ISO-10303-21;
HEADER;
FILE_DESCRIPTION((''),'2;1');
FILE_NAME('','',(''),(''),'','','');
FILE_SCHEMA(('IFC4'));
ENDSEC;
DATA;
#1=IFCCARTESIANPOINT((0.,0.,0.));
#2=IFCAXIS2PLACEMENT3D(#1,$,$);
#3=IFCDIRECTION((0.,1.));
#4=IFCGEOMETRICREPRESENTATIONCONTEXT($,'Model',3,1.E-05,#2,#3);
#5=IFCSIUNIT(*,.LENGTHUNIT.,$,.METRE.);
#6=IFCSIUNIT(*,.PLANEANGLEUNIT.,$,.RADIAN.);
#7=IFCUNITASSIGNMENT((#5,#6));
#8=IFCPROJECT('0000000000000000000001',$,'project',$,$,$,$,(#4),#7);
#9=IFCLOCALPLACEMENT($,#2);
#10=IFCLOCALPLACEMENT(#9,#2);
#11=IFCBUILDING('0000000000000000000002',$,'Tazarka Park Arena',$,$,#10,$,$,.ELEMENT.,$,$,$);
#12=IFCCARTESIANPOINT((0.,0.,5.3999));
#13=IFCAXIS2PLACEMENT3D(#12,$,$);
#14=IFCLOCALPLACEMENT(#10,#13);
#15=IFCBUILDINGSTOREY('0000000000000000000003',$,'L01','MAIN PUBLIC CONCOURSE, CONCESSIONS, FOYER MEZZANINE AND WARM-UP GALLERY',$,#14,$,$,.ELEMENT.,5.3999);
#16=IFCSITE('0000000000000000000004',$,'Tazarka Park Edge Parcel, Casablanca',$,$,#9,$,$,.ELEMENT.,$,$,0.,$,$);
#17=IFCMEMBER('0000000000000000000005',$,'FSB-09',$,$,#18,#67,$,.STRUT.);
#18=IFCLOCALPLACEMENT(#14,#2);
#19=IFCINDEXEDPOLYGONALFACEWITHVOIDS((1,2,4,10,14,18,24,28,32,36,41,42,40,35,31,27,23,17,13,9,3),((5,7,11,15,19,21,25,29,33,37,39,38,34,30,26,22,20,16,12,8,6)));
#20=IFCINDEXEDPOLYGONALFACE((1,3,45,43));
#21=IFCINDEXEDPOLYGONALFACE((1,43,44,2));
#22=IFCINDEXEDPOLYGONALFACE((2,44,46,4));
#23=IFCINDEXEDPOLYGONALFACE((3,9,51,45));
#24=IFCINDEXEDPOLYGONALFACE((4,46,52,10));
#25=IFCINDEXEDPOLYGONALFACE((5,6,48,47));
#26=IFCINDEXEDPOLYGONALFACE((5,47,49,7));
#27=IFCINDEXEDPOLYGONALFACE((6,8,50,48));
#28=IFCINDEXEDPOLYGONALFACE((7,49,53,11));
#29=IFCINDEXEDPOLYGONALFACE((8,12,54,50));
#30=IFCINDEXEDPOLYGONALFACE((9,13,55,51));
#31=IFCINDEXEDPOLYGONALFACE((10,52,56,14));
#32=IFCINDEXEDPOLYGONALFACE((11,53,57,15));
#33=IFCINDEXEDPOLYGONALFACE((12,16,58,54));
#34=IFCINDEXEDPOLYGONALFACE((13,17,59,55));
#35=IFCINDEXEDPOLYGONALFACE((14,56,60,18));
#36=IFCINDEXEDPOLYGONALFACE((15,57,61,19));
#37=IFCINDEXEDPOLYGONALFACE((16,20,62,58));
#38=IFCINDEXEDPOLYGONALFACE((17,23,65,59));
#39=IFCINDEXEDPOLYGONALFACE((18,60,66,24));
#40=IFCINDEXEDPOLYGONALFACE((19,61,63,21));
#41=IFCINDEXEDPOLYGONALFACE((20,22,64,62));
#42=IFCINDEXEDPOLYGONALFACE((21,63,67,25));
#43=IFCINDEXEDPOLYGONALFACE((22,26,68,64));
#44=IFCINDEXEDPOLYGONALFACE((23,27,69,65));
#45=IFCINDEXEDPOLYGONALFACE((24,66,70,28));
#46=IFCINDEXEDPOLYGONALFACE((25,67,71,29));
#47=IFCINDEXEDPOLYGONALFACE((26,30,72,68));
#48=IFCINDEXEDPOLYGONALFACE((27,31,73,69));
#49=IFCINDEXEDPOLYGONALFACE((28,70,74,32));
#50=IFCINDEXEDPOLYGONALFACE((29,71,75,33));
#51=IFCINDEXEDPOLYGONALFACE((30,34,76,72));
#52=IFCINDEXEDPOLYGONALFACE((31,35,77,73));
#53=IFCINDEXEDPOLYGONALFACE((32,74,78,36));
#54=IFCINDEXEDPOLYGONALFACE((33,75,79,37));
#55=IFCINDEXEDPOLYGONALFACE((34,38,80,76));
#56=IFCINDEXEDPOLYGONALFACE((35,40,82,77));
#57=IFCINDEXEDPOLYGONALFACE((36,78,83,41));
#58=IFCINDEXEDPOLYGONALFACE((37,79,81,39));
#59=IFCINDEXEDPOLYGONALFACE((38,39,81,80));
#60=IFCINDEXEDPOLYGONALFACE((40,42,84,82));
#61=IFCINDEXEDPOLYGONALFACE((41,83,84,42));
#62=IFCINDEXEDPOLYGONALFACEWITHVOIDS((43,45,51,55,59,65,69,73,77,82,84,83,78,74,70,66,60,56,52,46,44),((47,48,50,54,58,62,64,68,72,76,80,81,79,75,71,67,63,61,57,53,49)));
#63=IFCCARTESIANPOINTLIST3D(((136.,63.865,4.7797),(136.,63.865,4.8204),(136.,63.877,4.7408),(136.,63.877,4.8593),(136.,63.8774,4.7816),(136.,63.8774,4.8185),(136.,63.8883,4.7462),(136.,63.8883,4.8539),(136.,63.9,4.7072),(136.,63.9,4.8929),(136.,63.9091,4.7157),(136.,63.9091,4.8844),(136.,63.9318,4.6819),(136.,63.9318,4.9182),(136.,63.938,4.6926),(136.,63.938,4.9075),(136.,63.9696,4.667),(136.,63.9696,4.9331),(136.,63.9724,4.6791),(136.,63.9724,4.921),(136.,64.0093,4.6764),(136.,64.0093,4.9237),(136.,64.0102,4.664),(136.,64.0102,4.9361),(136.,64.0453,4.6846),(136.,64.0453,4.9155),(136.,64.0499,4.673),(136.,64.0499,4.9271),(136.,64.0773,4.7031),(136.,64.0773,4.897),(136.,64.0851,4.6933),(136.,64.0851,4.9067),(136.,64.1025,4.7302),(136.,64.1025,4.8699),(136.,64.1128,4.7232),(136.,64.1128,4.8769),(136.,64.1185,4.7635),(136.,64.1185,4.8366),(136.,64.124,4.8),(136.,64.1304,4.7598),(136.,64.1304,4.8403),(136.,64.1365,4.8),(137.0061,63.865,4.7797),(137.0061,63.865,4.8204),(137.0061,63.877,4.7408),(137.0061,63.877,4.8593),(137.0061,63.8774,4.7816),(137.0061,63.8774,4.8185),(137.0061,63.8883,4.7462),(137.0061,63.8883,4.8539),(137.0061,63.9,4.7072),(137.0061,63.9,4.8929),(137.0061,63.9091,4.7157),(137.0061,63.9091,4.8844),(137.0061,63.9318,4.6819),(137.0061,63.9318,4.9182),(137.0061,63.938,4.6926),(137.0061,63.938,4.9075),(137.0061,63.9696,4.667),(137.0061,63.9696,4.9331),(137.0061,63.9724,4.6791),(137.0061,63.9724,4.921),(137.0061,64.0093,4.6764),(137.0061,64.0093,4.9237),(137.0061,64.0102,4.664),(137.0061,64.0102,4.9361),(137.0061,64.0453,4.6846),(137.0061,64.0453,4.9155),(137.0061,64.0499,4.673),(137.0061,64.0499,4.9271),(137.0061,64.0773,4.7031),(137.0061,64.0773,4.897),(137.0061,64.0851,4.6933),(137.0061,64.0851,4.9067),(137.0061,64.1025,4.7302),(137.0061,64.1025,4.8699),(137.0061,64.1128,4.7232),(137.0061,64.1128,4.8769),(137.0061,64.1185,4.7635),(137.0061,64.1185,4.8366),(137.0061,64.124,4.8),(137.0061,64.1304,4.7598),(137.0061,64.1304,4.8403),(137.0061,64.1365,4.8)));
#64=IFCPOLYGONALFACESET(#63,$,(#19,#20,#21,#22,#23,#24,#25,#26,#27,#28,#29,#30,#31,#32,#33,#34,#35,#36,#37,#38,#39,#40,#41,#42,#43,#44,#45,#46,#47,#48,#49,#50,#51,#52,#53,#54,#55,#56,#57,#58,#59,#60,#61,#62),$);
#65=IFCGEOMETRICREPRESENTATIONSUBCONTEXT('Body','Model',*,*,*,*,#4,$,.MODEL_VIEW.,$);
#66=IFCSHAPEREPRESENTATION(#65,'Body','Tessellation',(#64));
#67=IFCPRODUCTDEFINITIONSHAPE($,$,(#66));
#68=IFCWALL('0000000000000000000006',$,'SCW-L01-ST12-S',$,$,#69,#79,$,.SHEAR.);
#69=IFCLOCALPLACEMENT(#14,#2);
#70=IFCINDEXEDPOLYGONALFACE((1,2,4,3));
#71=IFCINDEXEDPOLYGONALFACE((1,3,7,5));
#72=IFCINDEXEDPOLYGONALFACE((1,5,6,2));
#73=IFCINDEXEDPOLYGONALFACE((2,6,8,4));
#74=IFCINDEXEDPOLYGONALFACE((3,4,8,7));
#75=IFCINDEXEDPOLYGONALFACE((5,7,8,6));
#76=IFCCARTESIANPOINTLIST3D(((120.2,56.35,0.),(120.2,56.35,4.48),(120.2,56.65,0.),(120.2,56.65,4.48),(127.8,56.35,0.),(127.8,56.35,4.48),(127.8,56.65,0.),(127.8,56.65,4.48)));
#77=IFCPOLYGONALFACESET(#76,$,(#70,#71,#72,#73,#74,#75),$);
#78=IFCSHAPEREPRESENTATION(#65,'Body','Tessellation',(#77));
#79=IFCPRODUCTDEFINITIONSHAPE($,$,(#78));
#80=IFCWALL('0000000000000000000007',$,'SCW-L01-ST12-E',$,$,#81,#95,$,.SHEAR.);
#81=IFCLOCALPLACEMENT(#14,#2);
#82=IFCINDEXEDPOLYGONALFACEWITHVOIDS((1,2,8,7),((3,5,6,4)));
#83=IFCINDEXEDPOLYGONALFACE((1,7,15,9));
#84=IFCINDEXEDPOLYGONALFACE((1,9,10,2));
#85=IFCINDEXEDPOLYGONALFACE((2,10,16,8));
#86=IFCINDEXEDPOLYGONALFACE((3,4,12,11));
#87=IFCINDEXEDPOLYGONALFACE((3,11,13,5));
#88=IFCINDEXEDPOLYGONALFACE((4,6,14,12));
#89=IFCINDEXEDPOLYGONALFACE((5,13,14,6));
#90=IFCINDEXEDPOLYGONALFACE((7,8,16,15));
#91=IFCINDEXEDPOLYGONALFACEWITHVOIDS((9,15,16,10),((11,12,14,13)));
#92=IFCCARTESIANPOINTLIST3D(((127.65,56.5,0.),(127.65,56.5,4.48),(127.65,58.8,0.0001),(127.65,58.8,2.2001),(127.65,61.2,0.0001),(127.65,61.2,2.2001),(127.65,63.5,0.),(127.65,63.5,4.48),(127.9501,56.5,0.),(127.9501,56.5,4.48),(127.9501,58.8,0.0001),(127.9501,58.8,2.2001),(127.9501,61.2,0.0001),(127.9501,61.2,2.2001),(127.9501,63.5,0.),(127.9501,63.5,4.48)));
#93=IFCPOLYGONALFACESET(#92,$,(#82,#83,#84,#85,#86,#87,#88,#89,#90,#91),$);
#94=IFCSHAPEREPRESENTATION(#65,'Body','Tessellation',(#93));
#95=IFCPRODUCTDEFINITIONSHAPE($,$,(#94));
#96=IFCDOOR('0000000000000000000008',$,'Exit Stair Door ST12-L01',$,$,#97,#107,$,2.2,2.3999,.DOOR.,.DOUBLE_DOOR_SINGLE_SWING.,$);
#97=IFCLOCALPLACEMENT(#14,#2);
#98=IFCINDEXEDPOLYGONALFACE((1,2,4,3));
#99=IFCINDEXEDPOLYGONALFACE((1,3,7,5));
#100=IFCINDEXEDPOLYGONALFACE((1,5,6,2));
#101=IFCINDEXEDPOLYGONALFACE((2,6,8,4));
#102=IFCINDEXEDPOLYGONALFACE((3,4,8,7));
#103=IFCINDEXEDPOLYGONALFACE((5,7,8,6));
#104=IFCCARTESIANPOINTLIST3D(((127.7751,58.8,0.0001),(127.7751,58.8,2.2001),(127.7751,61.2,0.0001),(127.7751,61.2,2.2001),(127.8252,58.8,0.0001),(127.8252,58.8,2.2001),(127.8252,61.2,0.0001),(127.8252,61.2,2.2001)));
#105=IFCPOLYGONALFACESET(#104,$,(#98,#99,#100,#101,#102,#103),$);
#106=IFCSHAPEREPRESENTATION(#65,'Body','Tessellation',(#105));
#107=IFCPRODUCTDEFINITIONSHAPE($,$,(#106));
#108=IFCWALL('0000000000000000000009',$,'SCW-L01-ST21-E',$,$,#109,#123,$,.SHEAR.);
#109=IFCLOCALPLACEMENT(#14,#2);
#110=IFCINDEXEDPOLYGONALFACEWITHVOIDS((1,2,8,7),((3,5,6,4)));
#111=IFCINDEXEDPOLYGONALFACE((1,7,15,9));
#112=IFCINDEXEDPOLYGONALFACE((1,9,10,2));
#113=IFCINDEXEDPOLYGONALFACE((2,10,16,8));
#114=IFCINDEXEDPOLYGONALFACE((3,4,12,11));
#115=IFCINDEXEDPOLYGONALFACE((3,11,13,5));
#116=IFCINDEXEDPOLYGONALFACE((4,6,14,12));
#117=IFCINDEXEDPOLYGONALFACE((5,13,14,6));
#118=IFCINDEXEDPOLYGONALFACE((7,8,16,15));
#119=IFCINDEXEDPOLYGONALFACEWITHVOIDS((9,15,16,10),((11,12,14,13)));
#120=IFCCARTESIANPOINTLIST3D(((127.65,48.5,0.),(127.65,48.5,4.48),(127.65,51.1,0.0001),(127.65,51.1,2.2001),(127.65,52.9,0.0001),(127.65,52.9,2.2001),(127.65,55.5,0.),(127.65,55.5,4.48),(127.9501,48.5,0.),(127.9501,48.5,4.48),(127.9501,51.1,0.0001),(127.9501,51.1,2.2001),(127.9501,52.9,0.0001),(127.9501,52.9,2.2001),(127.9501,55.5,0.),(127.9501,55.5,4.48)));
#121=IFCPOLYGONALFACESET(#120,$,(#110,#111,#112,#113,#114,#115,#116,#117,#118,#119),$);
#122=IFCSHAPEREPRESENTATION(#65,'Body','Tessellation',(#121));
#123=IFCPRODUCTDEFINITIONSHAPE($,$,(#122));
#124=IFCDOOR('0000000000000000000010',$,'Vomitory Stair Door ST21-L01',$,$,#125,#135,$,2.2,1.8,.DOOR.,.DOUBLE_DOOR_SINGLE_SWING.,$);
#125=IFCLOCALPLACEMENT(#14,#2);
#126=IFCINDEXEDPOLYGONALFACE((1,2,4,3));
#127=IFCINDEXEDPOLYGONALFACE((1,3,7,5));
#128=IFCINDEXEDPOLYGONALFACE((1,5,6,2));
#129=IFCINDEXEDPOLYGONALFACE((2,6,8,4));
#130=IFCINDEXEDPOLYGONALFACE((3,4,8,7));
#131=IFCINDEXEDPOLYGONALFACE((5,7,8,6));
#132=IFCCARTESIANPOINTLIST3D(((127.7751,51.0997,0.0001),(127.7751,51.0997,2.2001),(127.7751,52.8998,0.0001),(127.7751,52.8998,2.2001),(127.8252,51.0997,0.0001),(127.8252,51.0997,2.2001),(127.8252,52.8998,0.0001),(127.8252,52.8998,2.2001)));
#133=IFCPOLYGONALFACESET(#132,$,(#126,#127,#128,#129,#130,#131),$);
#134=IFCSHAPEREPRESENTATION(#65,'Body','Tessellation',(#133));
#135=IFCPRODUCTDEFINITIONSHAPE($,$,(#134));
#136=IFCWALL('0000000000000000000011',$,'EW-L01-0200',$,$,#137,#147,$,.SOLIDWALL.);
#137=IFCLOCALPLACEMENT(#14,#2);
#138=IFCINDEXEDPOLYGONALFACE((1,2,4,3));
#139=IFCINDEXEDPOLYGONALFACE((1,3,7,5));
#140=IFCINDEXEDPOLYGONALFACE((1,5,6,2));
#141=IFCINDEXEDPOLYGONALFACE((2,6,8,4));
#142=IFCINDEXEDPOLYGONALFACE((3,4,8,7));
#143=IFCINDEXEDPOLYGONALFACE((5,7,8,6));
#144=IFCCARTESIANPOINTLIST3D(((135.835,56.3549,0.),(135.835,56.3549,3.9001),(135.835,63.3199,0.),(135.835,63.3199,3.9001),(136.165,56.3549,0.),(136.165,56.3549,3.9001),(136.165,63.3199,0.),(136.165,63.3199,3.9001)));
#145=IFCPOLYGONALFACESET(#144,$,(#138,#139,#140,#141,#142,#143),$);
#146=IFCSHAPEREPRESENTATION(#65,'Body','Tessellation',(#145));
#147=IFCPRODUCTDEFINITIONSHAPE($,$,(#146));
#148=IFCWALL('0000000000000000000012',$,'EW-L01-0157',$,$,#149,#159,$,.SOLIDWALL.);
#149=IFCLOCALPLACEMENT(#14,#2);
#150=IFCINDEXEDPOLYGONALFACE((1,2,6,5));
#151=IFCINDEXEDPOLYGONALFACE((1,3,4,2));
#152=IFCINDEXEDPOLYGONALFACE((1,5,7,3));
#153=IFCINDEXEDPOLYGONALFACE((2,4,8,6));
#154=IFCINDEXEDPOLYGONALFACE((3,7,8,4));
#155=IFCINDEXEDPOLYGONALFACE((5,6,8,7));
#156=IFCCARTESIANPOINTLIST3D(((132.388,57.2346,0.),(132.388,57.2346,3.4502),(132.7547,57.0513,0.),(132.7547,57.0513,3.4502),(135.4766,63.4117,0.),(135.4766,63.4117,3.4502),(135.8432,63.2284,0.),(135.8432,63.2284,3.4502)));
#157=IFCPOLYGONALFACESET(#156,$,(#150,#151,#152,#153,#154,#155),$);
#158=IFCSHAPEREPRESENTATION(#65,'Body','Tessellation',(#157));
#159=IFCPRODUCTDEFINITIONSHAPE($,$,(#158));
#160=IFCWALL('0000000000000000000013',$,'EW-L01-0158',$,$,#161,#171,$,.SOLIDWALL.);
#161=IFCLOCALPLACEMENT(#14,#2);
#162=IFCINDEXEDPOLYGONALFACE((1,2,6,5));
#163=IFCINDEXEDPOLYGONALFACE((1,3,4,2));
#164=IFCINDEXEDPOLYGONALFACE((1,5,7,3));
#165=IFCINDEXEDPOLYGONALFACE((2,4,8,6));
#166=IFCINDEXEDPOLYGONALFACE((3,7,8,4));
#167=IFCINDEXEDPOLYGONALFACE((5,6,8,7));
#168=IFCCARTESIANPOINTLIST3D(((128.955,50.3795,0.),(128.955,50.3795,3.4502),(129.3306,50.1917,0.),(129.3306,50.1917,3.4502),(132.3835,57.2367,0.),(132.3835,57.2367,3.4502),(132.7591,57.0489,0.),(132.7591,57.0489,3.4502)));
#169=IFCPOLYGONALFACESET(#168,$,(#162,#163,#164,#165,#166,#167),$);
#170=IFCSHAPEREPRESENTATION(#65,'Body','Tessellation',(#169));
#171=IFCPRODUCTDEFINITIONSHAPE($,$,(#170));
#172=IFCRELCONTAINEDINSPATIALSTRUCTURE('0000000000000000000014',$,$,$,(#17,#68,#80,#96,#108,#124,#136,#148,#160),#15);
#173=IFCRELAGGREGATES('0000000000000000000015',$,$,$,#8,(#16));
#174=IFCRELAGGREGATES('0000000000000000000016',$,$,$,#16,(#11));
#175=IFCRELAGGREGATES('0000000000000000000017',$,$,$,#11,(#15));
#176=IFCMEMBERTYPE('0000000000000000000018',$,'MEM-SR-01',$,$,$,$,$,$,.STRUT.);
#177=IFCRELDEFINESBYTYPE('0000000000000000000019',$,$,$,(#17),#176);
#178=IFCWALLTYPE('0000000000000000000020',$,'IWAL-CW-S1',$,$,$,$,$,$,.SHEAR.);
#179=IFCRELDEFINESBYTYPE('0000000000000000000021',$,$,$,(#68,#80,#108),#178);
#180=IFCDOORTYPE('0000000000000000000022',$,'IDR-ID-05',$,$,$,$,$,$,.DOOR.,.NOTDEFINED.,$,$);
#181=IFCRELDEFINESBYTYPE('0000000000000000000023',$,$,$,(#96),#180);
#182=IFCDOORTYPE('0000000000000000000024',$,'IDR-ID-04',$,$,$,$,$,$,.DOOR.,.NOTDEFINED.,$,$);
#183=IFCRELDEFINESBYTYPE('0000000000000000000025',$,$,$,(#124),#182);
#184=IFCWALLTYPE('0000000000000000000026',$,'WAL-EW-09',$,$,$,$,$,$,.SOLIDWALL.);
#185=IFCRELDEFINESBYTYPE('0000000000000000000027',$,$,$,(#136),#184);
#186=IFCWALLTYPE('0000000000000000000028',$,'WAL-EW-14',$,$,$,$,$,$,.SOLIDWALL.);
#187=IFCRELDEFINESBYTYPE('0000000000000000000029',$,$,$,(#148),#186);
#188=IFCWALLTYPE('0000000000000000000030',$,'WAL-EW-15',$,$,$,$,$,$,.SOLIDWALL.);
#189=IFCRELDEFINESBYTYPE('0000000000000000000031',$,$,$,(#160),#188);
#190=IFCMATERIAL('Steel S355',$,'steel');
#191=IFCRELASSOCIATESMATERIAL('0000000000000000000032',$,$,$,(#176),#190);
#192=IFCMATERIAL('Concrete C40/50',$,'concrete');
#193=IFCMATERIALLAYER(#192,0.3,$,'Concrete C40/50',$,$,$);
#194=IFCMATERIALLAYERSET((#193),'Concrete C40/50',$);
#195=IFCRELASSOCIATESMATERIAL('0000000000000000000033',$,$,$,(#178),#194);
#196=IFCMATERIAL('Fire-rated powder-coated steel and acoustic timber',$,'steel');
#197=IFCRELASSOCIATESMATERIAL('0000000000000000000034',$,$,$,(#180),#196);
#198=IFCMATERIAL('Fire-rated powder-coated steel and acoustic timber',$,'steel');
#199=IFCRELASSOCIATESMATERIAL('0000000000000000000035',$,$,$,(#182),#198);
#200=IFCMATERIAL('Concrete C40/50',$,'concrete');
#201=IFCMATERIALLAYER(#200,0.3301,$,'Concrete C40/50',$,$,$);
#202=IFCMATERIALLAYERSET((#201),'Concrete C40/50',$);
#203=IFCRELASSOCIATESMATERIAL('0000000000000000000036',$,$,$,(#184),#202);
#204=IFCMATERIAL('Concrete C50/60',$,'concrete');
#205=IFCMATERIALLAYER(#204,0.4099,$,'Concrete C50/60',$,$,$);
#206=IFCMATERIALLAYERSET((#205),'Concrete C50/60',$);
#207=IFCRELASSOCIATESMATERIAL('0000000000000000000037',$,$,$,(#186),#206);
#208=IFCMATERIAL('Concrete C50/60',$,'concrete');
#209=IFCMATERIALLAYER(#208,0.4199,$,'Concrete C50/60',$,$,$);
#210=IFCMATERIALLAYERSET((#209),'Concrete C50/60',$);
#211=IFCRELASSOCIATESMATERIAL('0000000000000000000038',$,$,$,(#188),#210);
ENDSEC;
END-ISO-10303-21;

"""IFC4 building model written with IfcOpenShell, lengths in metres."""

from ifc_helpers import new_model, si_unit, direction, frame, frame_2d, origin, origin_2d, place, context, subcontext, project, spatial, rectangle, hollow_circle, extrude, material, layer, layer_set, material_profile, profile_set, type_object, element, fill, save


model = new_model("IFC4")

# Units and contexts
model_context = context("Model", 3, precision=1e-05, world=origin(), true_north=direction((0.0, 1.0)))
body_context = subcontext(model_context, "Body", "Model", "MODEL_VIEW")
ifc_project = project(units=[si_unit("LENGTHUNIT", "METRE"), si_unit("PLANEANGLEUNIT", "RADIAN")], contexts=[model_context])

# Site, building, storey
site_placement = place(None, origin())
site = spatial("IfcSite", under=ifc_project, at=site_placement, Name="Tazarka Park Edge Parcel, Casablanca", CompositionType="ELEMENT", RefElevation=0.0)
building_placement = place(site_placement, origin())
building = spatial("IfcBuilding", under=site, at=building_placement, Name="Tazarka Park Arena", CompositionType="ELEMENT")
storey_placement = place(building_placement, frame((0.0, 0.0, 5.3999)))
storey = spatial("IfcBuildingStorey", under=building, at=storey_placement, Name="L01", Description="MAIN PUBLIC CONCOURSE, CONCESSIONS, FOYER MEZZANINE AND WARM-UP GALLERY", CompositionType="ELEMENT", Elevation=5.3999)

# Member
ifc_material_1 = material(Name="Steel S355", Category="steel")
ifc_material_profile_1 = material_profile(ifc_material_1, hollow_circle(Radius=0.1365, WallThickness=0.0125, at=origin_2d()), Name="Steel S355")
ifc_profile_set_1 = profile_set([ifc_material_profile_1], Name="Steel S355")
member_type = type_object("IfcMemberType", Name="MEM-SR-01", PredefinedType="STRUT", material=ifc_profile_set_1)
member_placement = place(storey_placement, frame((136.0, 64.0, 4.8), z_axis=(1.0, 0.0, 0.0), x_axis=(0.0, 1.0, 0.0)))
element("IfcMember", 1, at=member_placement, inside=storey, type_object=member_type, Name="FSB-09", PredefinedType="STRUT", context=body_context, shape_type="SweptSolid", body=[
    extrude(hollow_circle(Radius=0.1365, WallThickness=0.0125, at=origin_2d()), origin(), (0.0, 0.0, 1.0), 1.0061),
])

# Wall
ifc_material_2 = material(Name="Concrete C40/50", Category="concrete")
ifc_layer_1 = layer(ifc_material_2, 0.3, Name="Concrete C40/50")
ifc_layer_set_1 = layer_set([ifc_layer_1], Name="Concrete C40/50")
wall_type_1 = type_object("IfcWallType", Name="IWAL-CW-S1", PredefinedType="SHEAR", material=ifc_layer_set_1)
wall_1_placement = place(storey_placement, frame((127.8, 56.5, 0.0), z_axis=(0.0, 0.0, 1.0), x_axis=(-1.0, 0.0, 0.0)))
element("IfcWall", 2, at=wall_1_placement, inside=storey, type_object=wall_type_1, Name="SCW-L01-ST12-S", PredefinedType="SHEAR", context=body_context, shape_type="SweptSolid", body=[
    extrude(rectangle(XDim=7.6001, YDim=0.3, at=frame_2d((3.8, 0.0))), origin(), (0.0, 0.0, 1.0), 4.48),
])

# Walls, openings, doors
wall_2_placement = place(storey_placement, frame((127.8, 63.5, 0.0), z_axis=(0.0, 0.0, 1.0), x_axis=(0.0, -1.0, 0.0)))
wall_2 = element("IfcWall", 3, at=wall_2_placement, inside=storey, type_object=wall_type_1, Name="SCW-L01-ST12-E", PredefinedType="SHEAR", context=body_context, shape_type="SweptSolid", body=[
    extrude(rectangle(XDim=7.0, YDim=0.3, at=frame_2d((3.5, 0.0))), origin(), (0.0, 0.0, 1.0), 4.48),
])
opening_1_placement = place(wall_2_placement, frame((2.3, 0.0, 0.0)))
opening_1 = element("IfcOpeningElement", 4, at=opening_1_placement, cuts=wall_2, PredefinedType="OPENING", context=body_context, shape_type="SweptSolid", body=[
    extrude(rectangle(XDim=2.3999, YDim=2.2, at=frame_2d((1.2, 1.1001))), frame((0.0, 0.1602, 0.0), z_axis=(0.0, -1.0, 0.0), x_axis=(1.0, 0.0, 0.0)), (0.0, 0.0, 1.0), 0.3201),
])
ifc_material_3 = material(Name="Fire-rated powder-coated steel and acoustic timber", Category="steel")
door_type_1 = type_object("IfcDoorType", Name="IDR-ID-05", OperationType="NOTDEFINED", PredefinedType="DOOR", material=ifc_material_3)
door_1_placement = place(opening_1_placement, frame((2.3999, 0.0, 0.0), z_axis=(0.0, 0.0, 1.0), x_axis=(-1.0, 0.0, 0.0)))
door_1 = element("IfcDoor", 5, at=door_1_placement, inside=storey, type_object=door_type_1, Name="Exit Stair Door ST12-L01", OperationType="DOUBLE_DOOR_SINGLE_SWING", OverallHeight=2.2, OverallWidth=2.3999, PredefinedType="DOOR", context=body_context, shape_type="SweptSolid", body=[
    extrude(rectangle(XDim=2.3999, YDim=2.2, at=frame_2d((1.2, 1.1001))), frame((0.0, 0.0249, 0.0), z_axis=(0.0, -1.0, 0.0), x_axis=(1.0, 0.0, 0.0)), (0.0, 0.0, 1.0), 0.05),
])
fill(opening_1, door_1)
wall_3_placement = place(storey_placement, frame((127.8, 55.5, 0.0), z_axis=(0.0, 0.0, 1.0), x_axis=(0.0, -1.0, 0.0)))
wall_3 = element("IfcWall", 6, at=wall_3_placement, inside=storey, type_object=wall_type_1, Name="SCW-L01-ST21-E", PredefinedType="SHEAR", context=body_context, shape_type="SweptSolid", body=[
    extrude(rectangle(XDim=7.0, YDim=0.3, at=frame_2d((3.5, 0.0))), origin(), (0.0, 0.0, 1.0), 4.48),
])
opening_2_placement = place(wall_3_placement, frame((2.6001, 0.0, 0.0)))
opening_2 = element("IfcOpeningElement", 7, at=opening_2_placement, cuts=wall_3, PredefinedType="OPENING", context=body_context, shape_type="SweptSolid", body=[
    extrude(rectangle(XDim=1.8, YDim=2.2, at=frame_2d((0.8999, 1.1001))), frame((0.0, 0.1602, 0.0), z_axis=(0.0, -1.0, 0.0), x_axis=(1.0, 0.0, 0.0)), (0.0, 0.0, 1.0), 0.3201),
])
ifc_material_4 = material(Name="Fire-rated powder-coated steel and acoustic timber", Category="steel")
door_type_2 = type_object("IfcDoorType", Name="IDR-ID-04", OperationType="NOTDEFINED", PredefinedType="DOOR", material=ifc_material_4)
door_2_placement = place(opening_2_placement, frame((1.8, 0.0, 0.0), z_axis=(0.0, 0.0, 1.0), x_axis=(-1.0, 0.0, 0.0)))
door_2 = element("IfcDoor", 8, at=door_2_placement, inside=storey, type_object=door_type_2, Name="Vomitory Stair Door ST21-L01", OperationType="DOUBLE_DOOR_SINGLE_SWING", OverallHeight=2.2, OverallWidth=1.8, PredefinedType="DOOR", context=body_context, shape_type="SweptSolid", body=[
    extrude(rectangle(XDim=1.8, YDim=2.2, at=frame_2d((0.8999, 1.1001))), frame((0.0, 0.0249, 0.0), z_axis=(0.0, -1.0, 0.0), x_axis=(1.0, 0.0, 0.0)), (0.0, 0.0, 1.0), 0.05),
])
fill(opening_2, door_2)

# Walls
ifc_material_5 = material(Name="Concrete C40/50", Category="concrete")
ifc_layer_2 = layer(ifc_material_5, 0.3301, Name="Concrete C40/50")
ifc_layer_set_2 = layer_set([ifc_layer_2], Name="Concrete C40/50")
wall_type_2 = type_object("IfcWallType", Name="WAL-EW-09", PredefinedType="SOLIDWALL", material=ifc_layer_set_2)
wall_4_placement = place(storey_placement, frame((136.0, 56.355, 0.0), z_axis=(0.0, 0.0, 1.0), x_axis=(0.0, 1.0, 0.0)))
element("IfcWall", 9, at=wall_4_placement, inside=storey, type_object=wall_type_2, Name="EW-L01-0200", PredefinedType="SOLIDWALL", context=body_context, shape_type="SweptSolid", body=[
    extrude(rectangle(XDim=6.9651, YDim=0.3301, at=frame_2d((3.4824, 0.0))), origin(), (0.0, 0.0, 1.0), 3.9001),
])
ifc_material_6 = material(Name="Concrete C50/60", Category="concrete")
ifc_layer_3 = layer(ifc_material_6, 0.4099, Name="Concrete C50/60")
ifc_layer_set_3 = layer_set([ifc_layer_3], Name="Concrete C50/60")
wall_type_3 = type_object("IfcWallType", Name="WAL-EW-14", PredefinedType="SOLIDWALL", material=ifc_layer_set_3)
wall_5_placement = place(storey_placement, frame((135.6599, 63.3201, 0.0), z_axis=(0.0, 0.0, 1.0), x_axis=(-0.447214, -0.894427, 0.0)))
element("IfcWall", 10, at=wall_5_placement, inside=storey, type_object=wall_type_3, Name="EW-L01-0157", PredefinedType="SOLIDWALL", context=body_context, shape_type="SweptSolid", body=[
    extrude(rectangle(XDim=6.9062, YDim=0.4099, at=frame_2d((3.4531, 0.0))), origin(), (0.0, 0.0, 1.0), 3.4502),
])
ifc_material_7 = material(Name="Concrete C50/60", Category="concrete")
ifc_layer_4 = layer(ifc_material_7, 0.4199, Name="Concrete C50/60")
ifc_layer_set_4 = layer_set([ifc_layer_4], Name="Concrete C50/60")
wall_type_4 = type_object("IfcWallType", Name="WAL-EW-15", PredefinedType="SOLIDWALL", material=ifc_layer_set_4)
wall_6_placement = place(storey_placement, frame((132.5713, 57.1428, 0.0), z_axis=(0.0, 0.0, 1.0), x_axis=(-0.447201, -0.894434, 0.0)))
element("IfcWall", 11, at=wall_6_placement, inside=storey, type_object=wall_type_4, Name="EW-L01-0158", PredefinedType="SOLIDWALL", context=body_context, shape_type="SweptSolid", body=[
    extrude(rectangle(XDim=7.6665, YDim=0.4199, at=frame_2d((3.8333, 0.0))), origin(), (0.0, 0.0, 1.0), 3.4502),
])

save(model, "model.ifc")
